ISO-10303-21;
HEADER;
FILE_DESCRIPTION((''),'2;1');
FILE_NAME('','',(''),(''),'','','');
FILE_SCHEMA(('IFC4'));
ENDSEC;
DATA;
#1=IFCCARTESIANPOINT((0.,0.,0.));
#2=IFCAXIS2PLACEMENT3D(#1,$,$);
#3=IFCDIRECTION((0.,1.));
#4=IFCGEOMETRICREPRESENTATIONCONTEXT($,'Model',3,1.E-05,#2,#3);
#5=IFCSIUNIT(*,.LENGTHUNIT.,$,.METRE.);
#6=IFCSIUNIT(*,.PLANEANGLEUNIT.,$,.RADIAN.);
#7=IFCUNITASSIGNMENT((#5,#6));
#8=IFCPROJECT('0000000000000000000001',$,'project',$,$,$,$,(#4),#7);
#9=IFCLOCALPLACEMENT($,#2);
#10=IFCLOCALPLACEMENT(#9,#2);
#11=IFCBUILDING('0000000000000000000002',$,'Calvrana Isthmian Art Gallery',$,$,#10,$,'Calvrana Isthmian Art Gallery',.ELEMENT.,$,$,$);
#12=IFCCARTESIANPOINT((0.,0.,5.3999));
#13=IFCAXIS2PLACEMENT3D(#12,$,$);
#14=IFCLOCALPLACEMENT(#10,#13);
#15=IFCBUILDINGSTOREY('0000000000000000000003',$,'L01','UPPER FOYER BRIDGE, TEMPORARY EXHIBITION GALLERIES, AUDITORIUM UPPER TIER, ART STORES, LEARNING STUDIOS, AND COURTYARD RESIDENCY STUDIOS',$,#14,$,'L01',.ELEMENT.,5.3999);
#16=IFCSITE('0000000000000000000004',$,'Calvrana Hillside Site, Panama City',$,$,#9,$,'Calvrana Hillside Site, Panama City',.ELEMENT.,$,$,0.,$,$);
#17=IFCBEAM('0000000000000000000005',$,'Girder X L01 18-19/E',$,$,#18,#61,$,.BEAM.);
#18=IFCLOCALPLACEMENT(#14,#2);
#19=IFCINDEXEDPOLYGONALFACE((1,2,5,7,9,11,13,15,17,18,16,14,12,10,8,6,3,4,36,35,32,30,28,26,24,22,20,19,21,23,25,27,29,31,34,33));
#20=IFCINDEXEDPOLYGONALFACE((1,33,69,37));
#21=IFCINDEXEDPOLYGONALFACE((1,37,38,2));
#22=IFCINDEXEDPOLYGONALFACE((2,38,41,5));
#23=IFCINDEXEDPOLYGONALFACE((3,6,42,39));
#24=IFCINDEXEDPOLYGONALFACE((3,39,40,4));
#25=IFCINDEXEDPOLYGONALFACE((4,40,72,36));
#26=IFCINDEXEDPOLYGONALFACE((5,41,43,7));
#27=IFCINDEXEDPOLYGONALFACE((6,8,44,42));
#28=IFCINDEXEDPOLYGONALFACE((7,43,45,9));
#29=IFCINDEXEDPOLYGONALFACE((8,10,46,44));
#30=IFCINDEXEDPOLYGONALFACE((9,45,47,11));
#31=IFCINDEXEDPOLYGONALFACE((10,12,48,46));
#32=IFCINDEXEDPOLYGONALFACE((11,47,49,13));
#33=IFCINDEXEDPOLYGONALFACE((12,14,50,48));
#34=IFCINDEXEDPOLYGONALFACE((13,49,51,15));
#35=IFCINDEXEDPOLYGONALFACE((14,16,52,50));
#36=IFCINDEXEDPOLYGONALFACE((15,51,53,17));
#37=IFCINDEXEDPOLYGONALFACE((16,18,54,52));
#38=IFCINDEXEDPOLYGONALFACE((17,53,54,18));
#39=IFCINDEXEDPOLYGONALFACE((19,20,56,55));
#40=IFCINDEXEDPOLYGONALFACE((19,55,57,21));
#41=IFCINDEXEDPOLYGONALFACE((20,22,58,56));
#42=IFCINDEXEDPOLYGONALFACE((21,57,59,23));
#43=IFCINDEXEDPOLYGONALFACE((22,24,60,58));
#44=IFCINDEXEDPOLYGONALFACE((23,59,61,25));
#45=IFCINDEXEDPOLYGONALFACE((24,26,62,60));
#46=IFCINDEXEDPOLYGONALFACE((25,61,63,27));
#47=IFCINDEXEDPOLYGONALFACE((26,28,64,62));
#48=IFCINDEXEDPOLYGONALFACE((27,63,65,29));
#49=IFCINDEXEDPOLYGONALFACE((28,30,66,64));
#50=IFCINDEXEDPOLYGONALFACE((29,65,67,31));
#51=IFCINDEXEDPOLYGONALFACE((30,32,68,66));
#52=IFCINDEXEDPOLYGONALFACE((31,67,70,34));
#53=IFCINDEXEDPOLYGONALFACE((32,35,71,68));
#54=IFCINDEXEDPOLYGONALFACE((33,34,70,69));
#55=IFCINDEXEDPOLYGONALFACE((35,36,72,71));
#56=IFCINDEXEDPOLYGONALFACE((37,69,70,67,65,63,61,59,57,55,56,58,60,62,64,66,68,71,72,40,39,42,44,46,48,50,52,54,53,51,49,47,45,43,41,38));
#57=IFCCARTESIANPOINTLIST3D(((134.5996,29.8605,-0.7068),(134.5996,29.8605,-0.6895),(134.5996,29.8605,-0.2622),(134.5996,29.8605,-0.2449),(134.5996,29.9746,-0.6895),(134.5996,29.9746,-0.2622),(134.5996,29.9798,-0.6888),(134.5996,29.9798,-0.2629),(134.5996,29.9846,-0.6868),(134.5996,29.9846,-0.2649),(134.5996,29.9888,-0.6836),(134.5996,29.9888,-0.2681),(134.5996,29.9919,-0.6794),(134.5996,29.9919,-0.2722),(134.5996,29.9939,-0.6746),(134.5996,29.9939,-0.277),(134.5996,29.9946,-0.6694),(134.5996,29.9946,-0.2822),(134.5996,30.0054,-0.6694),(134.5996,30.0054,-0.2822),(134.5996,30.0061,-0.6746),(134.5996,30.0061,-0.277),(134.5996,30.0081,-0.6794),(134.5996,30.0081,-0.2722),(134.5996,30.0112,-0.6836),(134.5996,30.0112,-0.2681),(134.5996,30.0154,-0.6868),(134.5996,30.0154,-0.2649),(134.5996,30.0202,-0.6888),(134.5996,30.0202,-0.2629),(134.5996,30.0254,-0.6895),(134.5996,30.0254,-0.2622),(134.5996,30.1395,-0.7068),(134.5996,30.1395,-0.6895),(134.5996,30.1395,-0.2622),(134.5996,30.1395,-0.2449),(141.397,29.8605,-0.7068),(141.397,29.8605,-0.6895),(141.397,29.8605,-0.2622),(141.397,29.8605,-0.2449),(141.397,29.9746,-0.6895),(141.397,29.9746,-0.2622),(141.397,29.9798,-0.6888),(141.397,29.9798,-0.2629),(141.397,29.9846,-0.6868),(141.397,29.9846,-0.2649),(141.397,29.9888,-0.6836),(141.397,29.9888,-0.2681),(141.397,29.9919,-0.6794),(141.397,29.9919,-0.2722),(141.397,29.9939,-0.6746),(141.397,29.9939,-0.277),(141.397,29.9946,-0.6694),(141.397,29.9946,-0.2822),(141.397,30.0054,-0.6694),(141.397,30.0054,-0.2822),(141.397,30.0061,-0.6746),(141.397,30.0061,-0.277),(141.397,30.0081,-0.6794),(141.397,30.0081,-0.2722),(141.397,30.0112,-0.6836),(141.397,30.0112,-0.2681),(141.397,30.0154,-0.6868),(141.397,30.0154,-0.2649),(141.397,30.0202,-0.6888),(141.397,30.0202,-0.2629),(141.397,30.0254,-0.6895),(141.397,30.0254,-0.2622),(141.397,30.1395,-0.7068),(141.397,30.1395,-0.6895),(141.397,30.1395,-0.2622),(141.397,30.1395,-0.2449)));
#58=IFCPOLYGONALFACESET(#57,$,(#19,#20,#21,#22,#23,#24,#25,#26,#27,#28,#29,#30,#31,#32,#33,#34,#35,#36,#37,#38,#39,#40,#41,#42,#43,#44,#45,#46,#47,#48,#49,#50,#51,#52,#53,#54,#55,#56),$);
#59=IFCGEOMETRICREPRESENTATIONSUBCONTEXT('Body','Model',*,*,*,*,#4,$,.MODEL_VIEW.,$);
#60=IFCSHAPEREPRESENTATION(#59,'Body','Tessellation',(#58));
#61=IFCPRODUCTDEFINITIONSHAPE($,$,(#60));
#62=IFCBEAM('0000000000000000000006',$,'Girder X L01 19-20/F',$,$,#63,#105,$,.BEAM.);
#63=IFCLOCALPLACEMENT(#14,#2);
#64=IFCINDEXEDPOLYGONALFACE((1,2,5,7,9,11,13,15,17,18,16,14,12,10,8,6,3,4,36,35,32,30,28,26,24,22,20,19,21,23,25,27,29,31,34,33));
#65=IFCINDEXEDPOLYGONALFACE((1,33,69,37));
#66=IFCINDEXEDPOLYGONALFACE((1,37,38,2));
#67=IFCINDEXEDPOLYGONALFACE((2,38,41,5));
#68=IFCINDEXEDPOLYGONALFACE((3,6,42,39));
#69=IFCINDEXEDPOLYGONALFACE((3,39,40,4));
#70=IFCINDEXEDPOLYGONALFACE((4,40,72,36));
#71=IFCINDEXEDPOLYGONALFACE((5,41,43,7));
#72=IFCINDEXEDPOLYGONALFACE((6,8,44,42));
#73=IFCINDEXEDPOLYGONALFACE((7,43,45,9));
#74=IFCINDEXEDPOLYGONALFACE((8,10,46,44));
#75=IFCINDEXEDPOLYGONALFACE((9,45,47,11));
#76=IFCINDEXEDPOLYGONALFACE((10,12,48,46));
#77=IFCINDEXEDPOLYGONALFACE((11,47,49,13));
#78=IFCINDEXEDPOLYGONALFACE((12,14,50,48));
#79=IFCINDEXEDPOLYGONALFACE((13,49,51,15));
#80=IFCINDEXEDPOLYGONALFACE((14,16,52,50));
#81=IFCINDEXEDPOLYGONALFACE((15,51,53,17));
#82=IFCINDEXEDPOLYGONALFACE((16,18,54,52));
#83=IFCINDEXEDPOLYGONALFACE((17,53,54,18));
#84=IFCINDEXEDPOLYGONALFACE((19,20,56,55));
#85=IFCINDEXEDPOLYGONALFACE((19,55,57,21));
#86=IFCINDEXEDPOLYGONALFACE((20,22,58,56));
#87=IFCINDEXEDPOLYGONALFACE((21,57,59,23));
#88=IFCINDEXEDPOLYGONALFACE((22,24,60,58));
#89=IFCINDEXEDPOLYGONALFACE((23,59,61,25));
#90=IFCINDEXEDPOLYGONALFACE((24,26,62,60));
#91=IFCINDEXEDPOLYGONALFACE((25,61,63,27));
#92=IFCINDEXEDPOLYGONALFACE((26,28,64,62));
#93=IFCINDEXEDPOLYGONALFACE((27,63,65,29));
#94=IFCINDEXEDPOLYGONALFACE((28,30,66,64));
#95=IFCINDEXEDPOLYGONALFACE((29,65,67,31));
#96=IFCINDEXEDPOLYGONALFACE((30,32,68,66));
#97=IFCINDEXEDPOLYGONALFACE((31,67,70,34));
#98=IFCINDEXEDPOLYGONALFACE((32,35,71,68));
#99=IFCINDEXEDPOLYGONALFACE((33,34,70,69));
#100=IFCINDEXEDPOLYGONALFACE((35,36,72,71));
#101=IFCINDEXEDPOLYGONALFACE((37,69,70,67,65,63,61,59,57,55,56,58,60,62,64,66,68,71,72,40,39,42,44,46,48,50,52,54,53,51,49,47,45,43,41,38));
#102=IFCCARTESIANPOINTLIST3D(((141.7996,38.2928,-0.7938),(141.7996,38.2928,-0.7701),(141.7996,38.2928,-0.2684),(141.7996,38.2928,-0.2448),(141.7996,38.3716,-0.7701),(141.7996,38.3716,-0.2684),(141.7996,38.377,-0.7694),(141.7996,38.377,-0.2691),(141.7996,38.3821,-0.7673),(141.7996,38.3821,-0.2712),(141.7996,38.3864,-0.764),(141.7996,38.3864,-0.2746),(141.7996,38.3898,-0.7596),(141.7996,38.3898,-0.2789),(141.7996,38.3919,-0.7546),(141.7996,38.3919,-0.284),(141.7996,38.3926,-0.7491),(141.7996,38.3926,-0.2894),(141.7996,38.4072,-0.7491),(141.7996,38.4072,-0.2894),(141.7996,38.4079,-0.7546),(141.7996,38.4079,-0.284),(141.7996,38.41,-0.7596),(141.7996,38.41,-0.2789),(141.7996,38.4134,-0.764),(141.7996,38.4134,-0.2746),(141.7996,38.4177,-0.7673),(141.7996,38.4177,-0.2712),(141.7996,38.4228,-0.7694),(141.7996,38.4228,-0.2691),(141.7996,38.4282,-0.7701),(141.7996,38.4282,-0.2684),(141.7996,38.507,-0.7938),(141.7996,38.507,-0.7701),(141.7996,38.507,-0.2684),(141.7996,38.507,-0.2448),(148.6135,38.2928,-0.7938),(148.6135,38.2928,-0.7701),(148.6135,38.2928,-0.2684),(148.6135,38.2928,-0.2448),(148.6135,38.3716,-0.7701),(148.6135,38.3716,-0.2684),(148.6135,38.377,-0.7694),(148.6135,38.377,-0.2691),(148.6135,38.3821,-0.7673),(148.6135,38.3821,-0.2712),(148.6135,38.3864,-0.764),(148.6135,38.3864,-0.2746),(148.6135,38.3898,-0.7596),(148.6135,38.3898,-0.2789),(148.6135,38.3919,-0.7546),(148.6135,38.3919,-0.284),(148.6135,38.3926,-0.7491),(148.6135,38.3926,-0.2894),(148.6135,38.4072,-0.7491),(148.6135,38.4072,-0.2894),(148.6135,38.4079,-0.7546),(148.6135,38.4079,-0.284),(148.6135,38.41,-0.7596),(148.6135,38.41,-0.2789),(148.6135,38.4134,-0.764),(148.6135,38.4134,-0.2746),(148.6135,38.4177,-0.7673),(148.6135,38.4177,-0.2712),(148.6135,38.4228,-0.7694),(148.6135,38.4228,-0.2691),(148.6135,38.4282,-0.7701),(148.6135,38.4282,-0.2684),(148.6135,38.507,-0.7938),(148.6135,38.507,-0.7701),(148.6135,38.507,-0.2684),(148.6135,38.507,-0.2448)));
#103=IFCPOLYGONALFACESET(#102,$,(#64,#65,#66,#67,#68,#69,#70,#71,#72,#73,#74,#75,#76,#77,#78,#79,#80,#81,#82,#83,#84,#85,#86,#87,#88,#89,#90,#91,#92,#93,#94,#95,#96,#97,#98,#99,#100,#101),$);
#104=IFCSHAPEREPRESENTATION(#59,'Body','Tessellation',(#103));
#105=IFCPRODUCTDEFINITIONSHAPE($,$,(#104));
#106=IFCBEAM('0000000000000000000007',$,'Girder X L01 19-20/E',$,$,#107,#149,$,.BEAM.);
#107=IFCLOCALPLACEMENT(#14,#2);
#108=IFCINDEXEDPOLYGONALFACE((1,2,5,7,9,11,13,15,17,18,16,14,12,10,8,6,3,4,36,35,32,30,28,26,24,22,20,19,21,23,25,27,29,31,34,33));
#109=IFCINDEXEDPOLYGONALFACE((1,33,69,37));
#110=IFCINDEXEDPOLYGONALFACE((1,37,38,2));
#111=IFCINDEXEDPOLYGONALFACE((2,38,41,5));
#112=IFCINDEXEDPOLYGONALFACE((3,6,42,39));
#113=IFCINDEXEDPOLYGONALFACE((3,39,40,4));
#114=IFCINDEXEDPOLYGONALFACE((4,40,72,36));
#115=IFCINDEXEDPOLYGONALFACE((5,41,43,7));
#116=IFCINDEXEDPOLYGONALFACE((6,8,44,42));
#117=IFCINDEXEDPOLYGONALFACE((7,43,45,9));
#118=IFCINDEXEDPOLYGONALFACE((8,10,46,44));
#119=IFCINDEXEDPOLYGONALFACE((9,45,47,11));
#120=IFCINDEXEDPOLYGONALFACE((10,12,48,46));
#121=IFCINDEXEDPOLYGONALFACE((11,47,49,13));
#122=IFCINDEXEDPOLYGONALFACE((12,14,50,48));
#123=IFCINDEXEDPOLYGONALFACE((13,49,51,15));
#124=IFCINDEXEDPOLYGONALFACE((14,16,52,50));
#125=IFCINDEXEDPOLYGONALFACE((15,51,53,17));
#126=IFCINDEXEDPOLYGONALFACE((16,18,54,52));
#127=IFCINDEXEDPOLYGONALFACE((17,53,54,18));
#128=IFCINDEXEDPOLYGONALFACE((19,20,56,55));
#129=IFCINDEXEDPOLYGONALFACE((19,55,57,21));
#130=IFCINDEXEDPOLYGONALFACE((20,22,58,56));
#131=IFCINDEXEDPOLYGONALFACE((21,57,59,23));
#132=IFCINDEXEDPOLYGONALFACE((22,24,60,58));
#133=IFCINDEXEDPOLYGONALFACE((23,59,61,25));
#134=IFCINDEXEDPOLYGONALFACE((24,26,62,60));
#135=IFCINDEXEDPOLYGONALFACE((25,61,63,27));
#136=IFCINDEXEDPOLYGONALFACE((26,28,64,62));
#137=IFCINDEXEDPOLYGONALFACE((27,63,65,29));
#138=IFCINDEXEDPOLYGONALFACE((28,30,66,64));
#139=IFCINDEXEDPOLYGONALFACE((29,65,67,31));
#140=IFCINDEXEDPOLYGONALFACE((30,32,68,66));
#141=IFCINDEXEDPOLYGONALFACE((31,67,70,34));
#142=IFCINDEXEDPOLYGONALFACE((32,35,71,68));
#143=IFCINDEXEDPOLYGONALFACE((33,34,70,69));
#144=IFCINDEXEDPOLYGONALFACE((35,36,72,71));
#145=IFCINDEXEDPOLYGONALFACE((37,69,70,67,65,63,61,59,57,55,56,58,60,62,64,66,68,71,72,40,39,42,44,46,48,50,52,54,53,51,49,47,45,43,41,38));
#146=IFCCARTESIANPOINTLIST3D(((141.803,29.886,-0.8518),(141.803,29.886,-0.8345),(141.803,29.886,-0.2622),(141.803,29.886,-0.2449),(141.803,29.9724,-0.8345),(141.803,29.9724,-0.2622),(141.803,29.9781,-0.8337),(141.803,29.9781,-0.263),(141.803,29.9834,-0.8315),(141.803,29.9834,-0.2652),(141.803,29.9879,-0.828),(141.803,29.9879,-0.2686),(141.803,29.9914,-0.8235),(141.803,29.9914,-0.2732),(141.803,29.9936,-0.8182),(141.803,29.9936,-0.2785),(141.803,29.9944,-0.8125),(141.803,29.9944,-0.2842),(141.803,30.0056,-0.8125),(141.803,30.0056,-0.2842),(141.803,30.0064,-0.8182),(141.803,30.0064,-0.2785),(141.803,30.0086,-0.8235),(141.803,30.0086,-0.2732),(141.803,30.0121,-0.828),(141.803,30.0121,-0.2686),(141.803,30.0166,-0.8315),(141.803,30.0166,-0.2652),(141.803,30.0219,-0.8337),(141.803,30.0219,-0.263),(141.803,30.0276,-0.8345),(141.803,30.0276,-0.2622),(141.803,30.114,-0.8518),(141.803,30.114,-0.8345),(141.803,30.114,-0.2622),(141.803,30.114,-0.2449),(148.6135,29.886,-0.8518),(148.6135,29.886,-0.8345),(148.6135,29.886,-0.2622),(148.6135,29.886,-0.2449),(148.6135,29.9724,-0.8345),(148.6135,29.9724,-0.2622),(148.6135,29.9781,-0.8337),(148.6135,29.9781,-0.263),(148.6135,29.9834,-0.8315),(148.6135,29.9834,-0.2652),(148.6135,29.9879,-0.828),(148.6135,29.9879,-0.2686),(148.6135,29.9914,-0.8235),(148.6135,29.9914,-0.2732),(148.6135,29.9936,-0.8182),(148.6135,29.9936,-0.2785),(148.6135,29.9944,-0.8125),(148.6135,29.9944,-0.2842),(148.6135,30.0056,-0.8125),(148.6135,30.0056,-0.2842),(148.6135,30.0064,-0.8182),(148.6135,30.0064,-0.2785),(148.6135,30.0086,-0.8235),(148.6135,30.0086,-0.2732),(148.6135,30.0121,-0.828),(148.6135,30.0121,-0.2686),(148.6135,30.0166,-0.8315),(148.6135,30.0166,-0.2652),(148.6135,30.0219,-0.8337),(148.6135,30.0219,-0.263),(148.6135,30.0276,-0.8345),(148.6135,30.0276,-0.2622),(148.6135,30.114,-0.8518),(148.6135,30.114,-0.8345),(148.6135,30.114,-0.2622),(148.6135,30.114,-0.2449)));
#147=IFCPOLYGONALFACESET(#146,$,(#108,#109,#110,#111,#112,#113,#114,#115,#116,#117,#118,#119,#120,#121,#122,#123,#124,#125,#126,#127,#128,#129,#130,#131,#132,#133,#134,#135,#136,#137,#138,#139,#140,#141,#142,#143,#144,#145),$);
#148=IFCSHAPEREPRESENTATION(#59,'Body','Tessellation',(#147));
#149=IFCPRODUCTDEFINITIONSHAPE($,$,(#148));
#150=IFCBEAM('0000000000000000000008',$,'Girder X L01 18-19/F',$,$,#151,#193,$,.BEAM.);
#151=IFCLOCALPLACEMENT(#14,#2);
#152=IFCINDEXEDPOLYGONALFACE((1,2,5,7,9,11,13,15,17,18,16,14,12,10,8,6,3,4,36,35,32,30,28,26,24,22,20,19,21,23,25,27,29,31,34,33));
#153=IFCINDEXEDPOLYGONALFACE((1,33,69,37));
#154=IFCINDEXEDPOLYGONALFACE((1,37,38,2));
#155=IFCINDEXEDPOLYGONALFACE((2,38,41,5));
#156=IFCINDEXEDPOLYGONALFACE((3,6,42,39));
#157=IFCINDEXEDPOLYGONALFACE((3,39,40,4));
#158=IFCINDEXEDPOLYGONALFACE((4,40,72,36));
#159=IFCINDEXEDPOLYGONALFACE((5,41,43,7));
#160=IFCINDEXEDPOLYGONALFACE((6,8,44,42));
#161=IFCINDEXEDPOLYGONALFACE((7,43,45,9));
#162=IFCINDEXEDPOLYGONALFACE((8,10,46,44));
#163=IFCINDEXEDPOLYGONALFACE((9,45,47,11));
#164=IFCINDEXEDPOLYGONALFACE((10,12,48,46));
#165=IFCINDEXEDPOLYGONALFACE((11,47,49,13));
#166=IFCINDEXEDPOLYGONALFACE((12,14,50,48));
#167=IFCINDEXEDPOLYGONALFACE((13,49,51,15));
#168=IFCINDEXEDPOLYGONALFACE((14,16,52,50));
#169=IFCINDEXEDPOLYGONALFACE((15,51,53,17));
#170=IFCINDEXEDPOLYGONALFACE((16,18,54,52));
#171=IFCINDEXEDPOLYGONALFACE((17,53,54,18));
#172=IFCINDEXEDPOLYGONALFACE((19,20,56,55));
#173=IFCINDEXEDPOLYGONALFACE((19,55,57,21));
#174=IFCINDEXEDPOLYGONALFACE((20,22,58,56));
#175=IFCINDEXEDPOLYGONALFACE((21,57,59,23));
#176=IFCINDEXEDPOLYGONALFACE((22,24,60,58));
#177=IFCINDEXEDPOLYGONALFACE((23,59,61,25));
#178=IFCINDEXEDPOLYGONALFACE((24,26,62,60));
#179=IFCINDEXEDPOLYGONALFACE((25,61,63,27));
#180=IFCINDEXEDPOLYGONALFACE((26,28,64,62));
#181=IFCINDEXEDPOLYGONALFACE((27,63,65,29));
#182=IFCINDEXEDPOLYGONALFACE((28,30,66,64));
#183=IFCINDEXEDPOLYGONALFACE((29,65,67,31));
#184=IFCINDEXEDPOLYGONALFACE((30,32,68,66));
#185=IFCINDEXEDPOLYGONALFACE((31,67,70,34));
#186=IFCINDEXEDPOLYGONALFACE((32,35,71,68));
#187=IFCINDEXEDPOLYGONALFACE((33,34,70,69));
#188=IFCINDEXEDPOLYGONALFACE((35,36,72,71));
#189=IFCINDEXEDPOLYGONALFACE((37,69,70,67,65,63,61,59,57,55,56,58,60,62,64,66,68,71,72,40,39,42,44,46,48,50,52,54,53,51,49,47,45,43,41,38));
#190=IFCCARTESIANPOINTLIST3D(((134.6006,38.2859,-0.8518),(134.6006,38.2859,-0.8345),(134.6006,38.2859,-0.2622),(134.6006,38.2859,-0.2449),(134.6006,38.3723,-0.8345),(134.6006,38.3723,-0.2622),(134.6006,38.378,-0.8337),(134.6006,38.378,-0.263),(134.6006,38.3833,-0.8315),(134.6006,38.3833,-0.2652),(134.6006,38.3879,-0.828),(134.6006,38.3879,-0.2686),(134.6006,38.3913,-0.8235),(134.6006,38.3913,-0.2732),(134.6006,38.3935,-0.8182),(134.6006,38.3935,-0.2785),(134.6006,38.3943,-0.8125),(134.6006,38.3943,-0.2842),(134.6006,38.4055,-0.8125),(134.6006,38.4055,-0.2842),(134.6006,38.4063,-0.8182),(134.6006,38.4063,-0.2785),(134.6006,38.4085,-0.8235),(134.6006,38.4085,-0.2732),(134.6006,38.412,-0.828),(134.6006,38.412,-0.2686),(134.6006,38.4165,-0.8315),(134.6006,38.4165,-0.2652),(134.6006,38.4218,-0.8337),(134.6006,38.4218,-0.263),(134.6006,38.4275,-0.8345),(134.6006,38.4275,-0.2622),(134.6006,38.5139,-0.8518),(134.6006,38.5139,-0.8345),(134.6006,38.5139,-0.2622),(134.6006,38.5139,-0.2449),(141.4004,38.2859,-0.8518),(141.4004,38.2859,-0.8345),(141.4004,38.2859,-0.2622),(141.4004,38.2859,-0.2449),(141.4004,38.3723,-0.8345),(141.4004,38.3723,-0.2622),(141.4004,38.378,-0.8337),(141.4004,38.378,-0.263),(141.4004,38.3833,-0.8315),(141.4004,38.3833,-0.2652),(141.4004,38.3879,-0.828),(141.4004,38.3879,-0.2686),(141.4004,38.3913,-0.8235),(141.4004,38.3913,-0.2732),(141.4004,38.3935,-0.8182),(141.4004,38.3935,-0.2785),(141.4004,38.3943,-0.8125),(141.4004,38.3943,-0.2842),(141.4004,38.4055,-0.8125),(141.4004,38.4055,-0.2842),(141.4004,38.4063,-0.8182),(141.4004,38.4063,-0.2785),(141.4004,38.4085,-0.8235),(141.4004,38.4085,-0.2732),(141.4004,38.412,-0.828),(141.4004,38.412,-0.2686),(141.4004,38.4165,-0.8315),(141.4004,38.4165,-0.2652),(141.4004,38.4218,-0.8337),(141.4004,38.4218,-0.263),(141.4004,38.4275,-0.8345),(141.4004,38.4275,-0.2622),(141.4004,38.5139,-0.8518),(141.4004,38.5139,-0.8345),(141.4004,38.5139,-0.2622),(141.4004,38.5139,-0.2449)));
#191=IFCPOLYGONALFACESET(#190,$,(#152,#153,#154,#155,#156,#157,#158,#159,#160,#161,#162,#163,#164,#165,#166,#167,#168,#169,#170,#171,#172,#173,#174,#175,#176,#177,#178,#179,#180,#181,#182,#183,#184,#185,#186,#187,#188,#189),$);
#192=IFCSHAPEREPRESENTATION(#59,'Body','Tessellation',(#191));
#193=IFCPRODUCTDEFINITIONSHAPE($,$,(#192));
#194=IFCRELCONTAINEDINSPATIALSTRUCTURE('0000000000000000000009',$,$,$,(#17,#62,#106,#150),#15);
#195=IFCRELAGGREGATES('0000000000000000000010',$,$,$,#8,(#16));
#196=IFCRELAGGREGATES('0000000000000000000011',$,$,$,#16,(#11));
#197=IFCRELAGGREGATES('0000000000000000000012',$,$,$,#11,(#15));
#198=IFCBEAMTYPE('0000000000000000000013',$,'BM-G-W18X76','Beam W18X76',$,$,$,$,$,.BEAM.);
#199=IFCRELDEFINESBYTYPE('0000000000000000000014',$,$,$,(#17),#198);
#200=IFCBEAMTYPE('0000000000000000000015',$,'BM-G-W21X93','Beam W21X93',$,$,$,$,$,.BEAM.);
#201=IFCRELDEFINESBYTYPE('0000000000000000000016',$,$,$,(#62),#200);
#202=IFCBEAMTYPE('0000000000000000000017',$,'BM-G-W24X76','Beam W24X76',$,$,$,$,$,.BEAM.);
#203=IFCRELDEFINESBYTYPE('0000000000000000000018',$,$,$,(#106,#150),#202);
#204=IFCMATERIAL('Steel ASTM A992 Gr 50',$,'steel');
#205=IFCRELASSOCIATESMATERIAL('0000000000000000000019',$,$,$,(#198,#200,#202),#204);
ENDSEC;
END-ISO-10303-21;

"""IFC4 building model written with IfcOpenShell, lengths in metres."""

from ifc_helpers import new_model, si_unit, direction, frame, origin, origin_2d, place, context, subcontext, project, spatial, i_section, extrude, material, material_profile, profile_set, type_object, element, save


model = new_model("IFC4")

# Units and contexts
model_context = context("Model", 3, precision=1e-05, world=origin(), true_north=direction((0.0, 1.0)))
body_context = subcontext(model_context, "Body", "Model", "MODEL_VIEW")
ifc_project = project(units=[si_unit("LENGTHUNIT", "METRE"), si_unit("PLANEANGLEUNIT", "RADIAN")], contexts=[model_context])

# Site, building, storey
site_placement = place(None, origin())
site = spatial("IfcSite", under=ifc_project, at=site_placement, Name="Calvrana Hillside Site, Panama City", LongName="Calvrana Hillside Site, Panama City", CompositionType="ELEMENT", RefElevation=0.0)
building_placement = place(site_placement, origin())
building = spatial("IfcBuilding", under=site, at=building_placement, Name="Calvrana Isthmian Art Gallery", LongName="Calvrana Isthmian Art Gallery", CompositionType="ELEMENT")
storey_placement = place(building_placement, frame((0.0, 0.0, 5.3999)))
storey = spatial("IfcBuildingStorey", under=building, at=storey_placement, Name="L01", Description="UPPER FOYER BRIDGE, TEMPORARY EXHIBITION GALLERIES, AUDITORIUM UPPER TIER, ART STORES, LEARNING STUDIOS, AND COURTYARD RESIDENCY STUDIOS", LongName="L01", CompositionType="ELEMENT", Elevation=5.3999)

# Shared definitions
ifc_material_1 = material(Name="Steel ASTM A992 Gr 50", Category="steel")

# Beams
ifc_material_profile_1 = material_profile(ifc_material_1, i_section(OverallWidth=0.2791, OverallDepth=0.4619, WebThickness=0.0107, FlangeThickness=0.0173, FilletRadius=0.02, at=origin_2d()), Name="W18X76")
ifc_profile_set_1 = profile_set([ifc_material_profile_1], Name="Steel ASTM A992 Gr 50")
beam_type_1 = type_object("IfcBeamType", Name="BM-G-W18X76", Description="Beam W18X76", PredefinedType="BEAM", material=ifc_profile_set_1)
beam_1_placement = place(storey_placement, frame((134.5996, 30.0, -0.4758), z_axis=(1.0, 0.0, 0.0), x_axis=(0.0, 1.0, 0.0)))
element("IfcBeam", 1, at=beam_1_placement, inside=storey, type_object=beam_type_1, Name="Girder X L01 18-19/E", PredefinedType="BEAM", context=body_context, shape_type="SweptSolid", body=[
    extrude(i_section(OverallWidth=0.2791, OverallDepth=0.4619, WebThickness=0.0107, FlangeThickness=0.0173, FilletRadius=0.02, at=origin_2d()), origin(), (0.0, 0.0, 1.0), 6.7974),
])
ifc_material_profile_2 = material_profile(ifc_material_1, i_section(OverallWidth=0.2141, OverallDepth=0.5491, WebThickness=0.0146, FlangeThickness=0.0237, FilletRadius=0.021, at=origin_2d()), Name="W21X93")
ifc_profile_set_2 = profile_set([ifc_material_profile_2], Name="Steel ASTM A992 Gr 50")
beam_type_2 = type_object("IfcBeamType", Name="BM-G-W21X93", Description="Beam W21X93", PredefinedType="BEAM", material=ifc_profile_set_2)
beam_2_placement = place(storey_placement, frame((141.7996, 38.3999, -0.5193), z_axis=(1.0, 0.0, 0.0), x_axis=(0.0, 1.0, 0.0)))
element("IfcBeam", 2, at=beam_2_placement, inside=storey, type_object=beam_type_2, Name="Girder X L01 19-20/F", PredefinedType="BEAM", context=body_context, shape_type="SweptSolid", body=[
    extrude(i_section(OverallWidth=0.2141, OverallDepth=0.5491, WebThickness=0.0146, FlangeThickness=0.0237, FilletRadius=0.021, at=origin_2d()), origin(), (0.0, 0.0, 1.0), 6.814),
])
ifc_material_profile_3 = material_profile(ifc_material_1, i_section(OverallWidth=0.228, OverallDepth=0.6069, WebThickness=0.0112, FlangeThickness=0.0173, FilletRadius=0.022, at=origin_2d()), Name="W24X76")
ifc_profile_set_3 = profile_set([ifc_material_profile_3], Name="Steel ASTM A992 Gr 50")
beam_type_3 = type_object("IfcBeamType", Name="BM-G-W24X76", Description="Beam W24X76", PredefinedType="BEAM", material=ifc_profile_set_3)
beam_3_placement = place(storey_placement, frame((141.803, 30.0, -0.5483), z_axis=(1.0, 0.0, 0.0), x_axis=(0.0, 1.0, 0.0)))
element("IfcBeam", 3, at=beam_3_placement, inside=storey, type_object=beam_type_3, Name="Girder X L01 19-20/E", PredefinedType="BEAM", context=body_context, shape_type="SweptSolid", body=[
    extrude(i_section(OverallWidth=0.228, OverallDepth=0.6069, WebThickness=0.0112, FlangeThickness=0.0173, FilletRadius=0.022, at=origin_2d()), origin(), (0.0, 0.0, 1.0), 6.8105),
])
beam_4_placement = place(storey_placement, frame((134.6006, 38.3999, -0.5483), z_axis=(1.0, 0.0, 0.0), x_axis=(0.0, 1.0, 0.0)))
element("IfcBeam", 4, at=beam_4_placement, inside=storey, type_object=beam_type_3, Name="Girder X L01 18-19/F", PredefinedType="BEAM", context=body_context, shape_type="SweptSolid", body=[
    extrude(i_section(OverallWidth=0.228, OverallDepth=0.6069, WebThickness=0.0112, FlangeThickness=0.0173, FilletRadius=0.022, at=origin_2d()), origin(), (0.0, 0.0, 1.0), 6.7998),
])

save(model, "model.ifc")
